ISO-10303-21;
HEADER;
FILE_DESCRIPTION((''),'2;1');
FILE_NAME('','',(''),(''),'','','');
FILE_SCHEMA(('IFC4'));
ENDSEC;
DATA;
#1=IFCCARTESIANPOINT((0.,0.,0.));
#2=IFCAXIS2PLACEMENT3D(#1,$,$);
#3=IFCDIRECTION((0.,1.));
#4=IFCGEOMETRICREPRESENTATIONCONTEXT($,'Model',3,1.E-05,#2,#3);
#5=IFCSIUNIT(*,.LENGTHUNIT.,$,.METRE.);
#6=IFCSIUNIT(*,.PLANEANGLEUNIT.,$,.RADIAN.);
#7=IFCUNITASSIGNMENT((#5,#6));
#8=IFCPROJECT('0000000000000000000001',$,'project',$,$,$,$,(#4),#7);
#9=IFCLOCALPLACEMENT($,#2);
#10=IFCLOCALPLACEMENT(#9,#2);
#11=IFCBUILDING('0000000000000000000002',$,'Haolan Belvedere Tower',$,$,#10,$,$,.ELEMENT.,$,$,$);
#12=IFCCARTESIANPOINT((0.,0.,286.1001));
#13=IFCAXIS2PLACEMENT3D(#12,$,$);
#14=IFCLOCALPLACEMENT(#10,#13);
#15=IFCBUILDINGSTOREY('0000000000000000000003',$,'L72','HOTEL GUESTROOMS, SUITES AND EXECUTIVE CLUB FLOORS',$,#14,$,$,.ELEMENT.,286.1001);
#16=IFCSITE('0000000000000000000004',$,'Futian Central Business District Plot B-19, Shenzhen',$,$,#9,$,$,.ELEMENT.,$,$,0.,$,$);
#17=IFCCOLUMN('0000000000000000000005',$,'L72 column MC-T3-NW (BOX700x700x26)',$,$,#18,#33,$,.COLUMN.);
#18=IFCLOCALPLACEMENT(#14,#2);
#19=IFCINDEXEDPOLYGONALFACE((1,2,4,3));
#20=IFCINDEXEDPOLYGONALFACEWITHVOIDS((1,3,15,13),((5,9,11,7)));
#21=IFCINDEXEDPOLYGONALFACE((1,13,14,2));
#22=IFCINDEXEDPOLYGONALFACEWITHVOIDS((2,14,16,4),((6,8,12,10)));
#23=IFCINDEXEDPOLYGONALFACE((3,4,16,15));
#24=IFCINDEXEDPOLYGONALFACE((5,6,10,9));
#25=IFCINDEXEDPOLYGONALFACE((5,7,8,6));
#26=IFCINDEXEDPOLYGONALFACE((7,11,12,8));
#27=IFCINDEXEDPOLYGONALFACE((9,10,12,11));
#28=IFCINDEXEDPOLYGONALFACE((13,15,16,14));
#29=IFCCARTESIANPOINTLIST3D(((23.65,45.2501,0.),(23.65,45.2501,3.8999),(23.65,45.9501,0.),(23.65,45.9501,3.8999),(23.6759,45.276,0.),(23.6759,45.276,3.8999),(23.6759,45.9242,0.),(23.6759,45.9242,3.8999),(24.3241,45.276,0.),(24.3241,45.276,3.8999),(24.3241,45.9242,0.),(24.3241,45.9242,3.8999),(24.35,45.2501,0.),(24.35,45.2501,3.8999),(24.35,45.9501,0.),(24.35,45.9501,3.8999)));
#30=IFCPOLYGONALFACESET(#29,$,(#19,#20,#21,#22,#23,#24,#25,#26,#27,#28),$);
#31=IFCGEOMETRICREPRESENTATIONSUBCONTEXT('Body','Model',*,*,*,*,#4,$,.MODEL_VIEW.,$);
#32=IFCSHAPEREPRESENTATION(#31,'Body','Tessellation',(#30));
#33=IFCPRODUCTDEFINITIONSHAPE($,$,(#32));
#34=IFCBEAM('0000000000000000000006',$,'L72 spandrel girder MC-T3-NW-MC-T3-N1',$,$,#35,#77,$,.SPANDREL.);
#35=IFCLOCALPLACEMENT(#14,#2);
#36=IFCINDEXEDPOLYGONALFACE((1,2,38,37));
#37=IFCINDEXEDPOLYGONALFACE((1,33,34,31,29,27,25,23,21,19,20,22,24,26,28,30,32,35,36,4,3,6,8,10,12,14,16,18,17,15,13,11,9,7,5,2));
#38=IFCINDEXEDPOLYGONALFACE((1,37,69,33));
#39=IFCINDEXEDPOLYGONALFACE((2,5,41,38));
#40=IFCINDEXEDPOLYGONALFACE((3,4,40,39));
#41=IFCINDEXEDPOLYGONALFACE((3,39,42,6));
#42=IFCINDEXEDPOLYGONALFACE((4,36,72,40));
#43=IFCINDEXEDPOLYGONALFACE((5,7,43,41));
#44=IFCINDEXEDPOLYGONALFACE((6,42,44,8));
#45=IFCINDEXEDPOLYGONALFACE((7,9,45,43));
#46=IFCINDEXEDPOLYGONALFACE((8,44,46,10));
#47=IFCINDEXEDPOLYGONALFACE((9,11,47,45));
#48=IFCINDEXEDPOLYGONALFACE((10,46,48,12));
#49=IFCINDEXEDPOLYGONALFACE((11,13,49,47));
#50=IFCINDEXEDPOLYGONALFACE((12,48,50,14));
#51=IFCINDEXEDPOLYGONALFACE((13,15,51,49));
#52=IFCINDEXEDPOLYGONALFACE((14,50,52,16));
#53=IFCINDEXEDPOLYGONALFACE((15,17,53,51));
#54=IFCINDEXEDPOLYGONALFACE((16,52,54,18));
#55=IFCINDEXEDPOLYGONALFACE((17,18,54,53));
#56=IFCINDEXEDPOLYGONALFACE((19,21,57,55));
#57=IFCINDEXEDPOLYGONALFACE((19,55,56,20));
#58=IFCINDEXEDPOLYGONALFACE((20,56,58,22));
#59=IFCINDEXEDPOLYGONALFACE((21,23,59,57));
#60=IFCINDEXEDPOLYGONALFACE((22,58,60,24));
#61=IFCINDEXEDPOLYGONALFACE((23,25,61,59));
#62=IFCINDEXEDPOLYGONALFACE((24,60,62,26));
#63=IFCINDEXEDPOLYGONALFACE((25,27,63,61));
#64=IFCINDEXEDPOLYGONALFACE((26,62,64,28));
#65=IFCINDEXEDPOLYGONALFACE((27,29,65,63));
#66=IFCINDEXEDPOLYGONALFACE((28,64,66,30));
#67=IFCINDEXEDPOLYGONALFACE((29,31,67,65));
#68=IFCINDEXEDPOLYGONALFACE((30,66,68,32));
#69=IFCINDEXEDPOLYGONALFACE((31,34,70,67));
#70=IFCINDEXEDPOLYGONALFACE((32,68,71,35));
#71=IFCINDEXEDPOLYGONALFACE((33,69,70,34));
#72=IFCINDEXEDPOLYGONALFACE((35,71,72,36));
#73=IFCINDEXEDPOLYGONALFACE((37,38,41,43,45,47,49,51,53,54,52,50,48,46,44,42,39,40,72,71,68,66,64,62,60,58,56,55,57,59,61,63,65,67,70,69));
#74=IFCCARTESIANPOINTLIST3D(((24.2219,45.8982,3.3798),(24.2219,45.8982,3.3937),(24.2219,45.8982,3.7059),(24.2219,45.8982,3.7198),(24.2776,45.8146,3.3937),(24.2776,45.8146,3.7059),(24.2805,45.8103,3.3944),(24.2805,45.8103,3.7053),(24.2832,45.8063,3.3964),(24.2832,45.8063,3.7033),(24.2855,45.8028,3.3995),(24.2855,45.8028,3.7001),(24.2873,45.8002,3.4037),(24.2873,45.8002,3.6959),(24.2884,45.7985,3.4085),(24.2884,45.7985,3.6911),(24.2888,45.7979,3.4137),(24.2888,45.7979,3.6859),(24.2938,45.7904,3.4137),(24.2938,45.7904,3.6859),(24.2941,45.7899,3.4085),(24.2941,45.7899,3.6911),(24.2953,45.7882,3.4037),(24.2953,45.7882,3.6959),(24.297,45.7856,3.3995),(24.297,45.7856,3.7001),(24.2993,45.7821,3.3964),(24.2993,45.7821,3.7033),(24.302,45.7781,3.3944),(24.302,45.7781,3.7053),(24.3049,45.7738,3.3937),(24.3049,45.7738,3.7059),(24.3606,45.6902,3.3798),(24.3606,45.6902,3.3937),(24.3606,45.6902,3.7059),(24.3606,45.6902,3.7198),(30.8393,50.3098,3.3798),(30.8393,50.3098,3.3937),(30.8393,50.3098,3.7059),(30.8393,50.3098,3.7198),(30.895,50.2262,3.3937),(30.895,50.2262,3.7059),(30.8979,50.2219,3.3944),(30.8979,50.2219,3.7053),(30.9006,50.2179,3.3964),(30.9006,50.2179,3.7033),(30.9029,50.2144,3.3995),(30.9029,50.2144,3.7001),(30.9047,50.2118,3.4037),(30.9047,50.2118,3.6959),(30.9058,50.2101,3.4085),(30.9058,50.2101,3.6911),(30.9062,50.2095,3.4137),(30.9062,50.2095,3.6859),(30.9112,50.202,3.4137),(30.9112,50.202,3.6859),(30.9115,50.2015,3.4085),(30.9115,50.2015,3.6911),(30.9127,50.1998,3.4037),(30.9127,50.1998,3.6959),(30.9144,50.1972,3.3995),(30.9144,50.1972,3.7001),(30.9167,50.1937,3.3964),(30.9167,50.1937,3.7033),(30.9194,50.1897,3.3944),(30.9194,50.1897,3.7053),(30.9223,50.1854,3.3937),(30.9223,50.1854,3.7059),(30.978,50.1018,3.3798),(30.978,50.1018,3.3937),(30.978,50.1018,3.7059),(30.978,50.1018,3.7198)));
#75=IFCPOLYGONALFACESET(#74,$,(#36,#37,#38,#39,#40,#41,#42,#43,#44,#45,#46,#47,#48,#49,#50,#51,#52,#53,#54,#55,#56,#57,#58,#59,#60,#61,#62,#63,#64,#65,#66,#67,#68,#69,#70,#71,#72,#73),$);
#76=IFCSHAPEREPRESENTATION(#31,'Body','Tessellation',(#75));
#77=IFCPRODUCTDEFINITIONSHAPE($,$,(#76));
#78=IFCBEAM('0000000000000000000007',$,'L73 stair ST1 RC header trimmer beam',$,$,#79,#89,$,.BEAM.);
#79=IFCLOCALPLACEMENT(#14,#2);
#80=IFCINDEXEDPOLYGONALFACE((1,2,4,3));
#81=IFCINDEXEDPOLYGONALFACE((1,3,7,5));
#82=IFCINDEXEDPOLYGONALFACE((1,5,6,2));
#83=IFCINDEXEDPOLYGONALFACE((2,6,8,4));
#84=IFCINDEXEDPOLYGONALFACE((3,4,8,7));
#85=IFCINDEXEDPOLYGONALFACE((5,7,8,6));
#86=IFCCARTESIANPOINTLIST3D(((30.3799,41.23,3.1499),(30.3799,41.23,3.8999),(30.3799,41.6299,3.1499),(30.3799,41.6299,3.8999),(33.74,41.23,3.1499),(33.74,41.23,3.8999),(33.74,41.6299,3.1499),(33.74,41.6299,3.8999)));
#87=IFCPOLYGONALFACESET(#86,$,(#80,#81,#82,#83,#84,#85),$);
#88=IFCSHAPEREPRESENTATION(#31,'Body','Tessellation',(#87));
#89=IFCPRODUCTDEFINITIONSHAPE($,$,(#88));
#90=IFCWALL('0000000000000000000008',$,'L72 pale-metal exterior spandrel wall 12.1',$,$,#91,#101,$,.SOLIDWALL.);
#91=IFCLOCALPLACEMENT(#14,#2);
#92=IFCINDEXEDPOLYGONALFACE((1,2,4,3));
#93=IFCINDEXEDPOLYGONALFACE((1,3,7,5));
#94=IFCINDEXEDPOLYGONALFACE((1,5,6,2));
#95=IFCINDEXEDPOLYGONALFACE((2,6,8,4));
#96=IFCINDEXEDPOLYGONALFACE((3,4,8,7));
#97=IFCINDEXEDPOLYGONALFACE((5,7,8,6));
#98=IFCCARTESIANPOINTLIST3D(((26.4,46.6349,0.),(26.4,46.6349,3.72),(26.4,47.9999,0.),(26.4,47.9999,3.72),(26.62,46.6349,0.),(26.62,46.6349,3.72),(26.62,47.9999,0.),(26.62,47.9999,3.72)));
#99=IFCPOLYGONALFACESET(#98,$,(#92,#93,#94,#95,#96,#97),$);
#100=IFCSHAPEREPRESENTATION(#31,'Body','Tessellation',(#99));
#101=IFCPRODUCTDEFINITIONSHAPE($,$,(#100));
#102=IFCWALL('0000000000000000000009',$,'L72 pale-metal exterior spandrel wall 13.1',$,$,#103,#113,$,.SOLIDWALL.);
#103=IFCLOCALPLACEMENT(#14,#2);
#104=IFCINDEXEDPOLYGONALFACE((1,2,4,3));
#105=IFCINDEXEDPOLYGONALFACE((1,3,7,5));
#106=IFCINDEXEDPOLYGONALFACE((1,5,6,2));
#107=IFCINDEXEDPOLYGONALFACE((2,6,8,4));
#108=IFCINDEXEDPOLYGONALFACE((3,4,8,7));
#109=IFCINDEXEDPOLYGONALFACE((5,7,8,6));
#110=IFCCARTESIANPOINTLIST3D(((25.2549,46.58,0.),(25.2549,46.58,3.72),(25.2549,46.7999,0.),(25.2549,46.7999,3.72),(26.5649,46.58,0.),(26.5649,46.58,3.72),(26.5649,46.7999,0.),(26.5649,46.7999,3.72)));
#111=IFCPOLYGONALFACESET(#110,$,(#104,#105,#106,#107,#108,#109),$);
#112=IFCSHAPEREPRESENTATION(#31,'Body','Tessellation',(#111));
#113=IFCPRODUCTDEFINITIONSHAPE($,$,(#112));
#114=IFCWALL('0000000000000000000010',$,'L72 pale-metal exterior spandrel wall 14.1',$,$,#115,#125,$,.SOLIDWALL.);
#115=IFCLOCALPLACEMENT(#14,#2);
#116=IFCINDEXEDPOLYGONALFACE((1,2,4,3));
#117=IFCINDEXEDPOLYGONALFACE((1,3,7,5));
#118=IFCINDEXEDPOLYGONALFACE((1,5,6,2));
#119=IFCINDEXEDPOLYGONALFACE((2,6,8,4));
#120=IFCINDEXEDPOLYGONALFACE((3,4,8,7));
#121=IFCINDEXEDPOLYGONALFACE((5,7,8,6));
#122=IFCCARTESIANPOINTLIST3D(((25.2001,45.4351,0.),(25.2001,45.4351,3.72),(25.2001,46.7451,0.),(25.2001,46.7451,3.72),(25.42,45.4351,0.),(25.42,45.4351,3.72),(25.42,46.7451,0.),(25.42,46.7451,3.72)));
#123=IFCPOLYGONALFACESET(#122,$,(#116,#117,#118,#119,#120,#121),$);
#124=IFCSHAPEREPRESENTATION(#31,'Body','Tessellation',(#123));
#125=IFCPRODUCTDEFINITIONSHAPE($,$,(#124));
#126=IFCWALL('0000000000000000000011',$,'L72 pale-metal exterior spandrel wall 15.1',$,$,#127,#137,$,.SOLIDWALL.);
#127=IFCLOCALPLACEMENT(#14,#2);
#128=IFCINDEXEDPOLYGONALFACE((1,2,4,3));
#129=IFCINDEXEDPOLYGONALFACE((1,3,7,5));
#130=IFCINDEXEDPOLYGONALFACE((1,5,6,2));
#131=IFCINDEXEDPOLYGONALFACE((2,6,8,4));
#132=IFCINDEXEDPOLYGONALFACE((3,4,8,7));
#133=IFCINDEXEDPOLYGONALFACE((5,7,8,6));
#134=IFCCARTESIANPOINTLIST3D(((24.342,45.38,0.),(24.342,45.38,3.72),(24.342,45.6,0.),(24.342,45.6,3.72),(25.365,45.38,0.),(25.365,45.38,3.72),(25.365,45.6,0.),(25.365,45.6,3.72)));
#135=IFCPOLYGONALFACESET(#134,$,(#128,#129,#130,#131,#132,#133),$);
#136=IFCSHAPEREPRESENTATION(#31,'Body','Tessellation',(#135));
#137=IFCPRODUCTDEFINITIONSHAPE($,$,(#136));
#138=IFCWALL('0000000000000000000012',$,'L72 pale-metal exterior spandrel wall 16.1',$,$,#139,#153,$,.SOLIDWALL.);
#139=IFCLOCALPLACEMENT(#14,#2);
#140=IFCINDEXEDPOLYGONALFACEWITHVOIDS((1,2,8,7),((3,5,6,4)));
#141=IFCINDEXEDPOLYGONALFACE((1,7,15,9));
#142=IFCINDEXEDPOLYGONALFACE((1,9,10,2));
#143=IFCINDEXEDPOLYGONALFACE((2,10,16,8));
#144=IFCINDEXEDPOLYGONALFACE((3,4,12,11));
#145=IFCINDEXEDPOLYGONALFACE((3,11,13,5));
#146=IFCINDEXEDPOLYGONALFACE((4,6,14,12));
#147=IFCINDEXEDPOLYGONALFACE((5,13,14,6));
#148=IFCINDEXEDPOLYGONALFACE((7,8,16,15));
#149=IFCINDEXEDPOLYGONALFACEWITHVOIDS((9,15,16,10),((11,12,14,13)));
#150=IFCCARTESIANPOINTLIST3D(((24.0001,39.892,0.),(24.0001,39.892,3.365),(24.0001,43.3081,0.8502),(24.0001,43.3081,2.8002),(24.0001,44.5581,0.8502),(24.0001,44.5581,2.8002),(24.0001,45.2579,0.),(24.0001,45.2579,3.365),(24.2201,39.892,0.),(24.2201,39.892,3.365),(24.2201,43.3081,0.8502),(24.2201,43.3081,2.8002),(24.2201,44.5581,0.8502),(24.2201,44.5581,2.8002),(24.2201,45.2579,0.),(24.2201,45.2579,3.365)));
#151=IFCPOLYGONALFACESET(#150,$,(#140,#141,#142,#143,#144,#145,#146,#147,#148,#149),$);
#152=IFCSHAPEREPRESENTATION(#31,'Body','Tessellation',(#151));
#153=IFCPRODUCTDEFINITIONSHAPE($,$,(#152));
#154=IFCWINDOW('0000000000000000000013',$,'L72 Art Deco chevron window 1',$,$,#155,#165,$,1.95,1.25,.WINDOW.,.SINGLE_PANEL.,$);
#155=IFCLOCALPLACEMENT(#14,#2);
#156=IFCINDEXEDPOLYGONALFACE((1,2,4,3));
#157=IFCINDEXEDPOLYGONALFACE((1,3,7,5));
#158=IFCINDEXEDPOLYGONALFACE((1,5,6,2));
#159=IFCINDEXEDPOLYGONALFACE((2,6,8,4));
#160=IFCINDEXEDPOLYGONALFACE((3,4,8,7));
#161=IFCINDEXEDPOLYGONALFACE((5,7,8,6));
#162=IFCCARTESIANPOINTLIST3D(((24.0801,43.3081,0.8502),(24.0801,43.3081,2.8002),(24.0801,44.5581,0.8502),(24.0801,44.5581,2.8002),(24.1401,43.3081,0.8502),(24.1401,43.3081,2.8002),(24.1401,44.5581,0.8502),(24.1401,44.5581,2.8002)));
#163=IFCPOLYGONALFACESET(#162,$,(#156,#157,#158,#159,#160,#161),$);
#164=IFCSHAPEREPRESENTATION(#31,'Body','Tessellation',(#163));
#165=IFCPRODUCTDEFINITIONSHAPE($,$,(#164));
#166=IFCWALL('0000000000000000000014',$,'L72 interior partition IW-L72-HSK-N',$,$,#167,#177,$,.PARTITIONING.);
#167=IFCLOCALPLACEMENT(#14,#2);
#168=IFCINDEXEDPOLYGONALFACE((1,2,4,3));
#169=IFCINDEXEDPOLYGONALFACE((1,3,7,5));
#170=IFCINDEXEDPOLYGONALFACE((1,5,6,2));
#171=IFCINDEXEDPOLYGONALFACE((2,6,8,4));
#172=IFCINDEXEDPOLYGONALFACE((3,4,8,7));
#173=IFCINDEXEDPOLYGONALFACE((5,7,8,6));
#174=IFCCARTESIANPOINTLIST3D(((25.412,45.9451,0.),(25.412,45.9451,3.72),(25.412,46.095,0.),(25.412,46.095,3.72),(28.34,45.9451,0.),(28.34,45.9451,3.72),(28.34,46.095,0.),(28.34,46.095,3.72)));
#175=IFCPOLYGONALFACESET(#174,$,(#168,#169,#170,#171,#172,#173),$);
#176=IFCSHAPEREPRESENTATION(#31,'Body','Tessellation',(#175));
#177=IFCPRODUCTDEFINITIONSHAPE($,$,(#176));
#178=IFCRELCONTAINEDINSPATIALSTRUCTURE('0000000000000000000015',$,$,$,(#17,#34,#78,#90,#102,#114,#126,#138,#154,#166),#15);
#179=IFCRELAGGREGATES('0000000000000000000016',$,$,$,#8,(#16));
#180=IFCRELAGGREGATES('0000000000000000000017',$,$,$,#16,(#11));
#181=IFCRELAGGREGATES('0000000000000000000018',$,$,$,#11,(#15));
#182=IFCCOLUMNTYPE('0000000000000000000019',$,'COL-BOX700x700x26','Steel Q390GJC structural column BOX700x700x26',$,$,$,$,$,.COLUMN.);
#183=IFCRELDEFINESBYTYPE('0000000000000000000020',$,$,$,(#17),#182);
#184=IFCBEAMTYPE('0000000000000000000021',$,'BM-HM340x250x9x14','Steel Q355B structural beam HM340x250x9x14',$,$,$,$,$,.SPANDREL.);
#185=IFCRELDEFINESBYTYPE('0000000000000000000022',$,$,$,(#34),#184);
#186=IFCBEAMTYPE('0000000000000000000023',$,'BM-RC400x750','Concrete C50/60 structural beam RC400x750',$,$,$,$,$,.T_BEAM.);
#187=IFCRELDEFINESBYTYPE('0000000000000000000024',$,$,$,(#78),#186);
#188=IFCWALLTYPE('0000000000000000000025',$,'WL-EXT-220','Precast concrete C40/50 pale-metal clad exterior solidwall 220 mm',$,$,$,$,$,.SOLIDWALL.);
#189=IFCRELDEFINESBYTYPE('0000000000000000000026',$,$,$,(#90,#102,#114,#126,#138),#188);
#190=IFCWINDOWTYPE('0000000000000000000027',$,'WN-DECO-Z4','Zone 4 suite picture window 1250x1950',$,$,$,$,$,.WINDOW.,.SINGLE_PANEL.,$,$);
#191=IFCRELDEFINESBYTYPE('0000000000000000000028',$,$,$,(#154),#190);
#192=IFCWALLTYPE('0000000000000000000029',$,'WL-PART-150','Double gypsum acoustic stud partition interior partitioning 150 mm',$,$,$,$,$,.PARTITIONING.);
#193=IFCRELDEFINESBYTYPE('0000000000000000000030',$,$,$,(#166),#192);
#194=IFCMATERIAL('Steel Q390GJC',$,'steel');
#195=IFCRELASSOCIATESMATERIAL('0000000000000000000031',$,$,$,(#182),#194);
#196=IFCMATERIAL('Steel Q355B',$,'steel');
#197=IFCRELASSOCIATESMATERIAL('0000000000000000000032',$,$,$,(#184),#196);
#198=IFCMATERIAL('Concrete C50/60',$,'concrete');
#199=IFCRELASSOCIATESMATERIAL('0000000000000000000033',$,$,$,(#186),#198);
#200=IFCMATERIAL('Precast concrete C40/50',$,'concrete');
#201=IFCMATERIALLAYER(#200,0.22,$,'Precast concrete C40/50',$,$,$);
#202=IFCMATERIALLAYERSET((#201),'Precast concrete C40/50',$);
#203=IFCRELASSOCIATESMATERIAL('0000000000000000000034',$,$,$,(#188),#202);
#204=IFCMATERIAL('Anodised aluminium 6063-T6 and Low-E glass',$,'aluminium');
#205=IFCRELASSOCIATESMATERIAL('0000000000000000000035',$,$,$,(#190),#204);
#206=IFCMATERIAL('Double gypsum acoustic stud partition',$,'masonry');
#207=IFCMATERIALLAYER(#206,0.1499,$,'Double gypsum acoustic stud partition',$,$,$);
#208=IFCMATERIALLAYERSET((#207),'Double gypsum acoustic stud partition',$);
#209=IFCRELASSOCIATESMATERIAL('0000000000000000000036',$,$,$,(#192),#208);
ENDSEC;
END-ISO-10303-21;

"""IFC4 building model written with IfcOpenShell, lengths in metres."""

from ifc_helpers import new_model, si_unit, direction, frame, frame_2d, origin, origin_2d, place, context, subcontext, project, spatial, rectangle, hollow_rectangle, i_section, extrude, material, layer, layer_set, material_profile, profile_set, type_object, element, fill, save


model = new_model("IFC4")

# Units and contexts
model_context = context("Model", 3, precision=1e-05, world=origin(), true_north=direction((0.0, 1.0)))
body_context = subcontext(model_context, "Body", "Model", "MODEL_VIEW")
ifc_project = project(units=[si_unit("LENGTHUNIT", "METRE"), si_unit("PLANEANGLEUNIT", "RADIAN")], contexts=[model_context])

# Site, building, storey
site_placement = place(None, origin())
site = spatial("IfcSite", under=ifc_project, at=site_placement, Name="Futian Central Business District Plot B-19, Shenzhen", CompositionType="ELEMENT", RefElevation=0.0)
building_placement = place(site_placement, origin())
building = spatial("IfcBuilding", under=site, at=building_placement, Name="Haolan Belvedere Tower", CompositionType="ELEMENT")
storey_placement = place(building_placement, frame((0.0, 0.0, 286.1001)))
storey = spatial("IfcBuildingStorey", under=building, at=storey_placement, Name="L72", Description="HOTEL GUESTROOMS, SUITES AND EXECUTIVE CLUB FLOORS", CompositionType="ELEMENT", Elevation=286.1001)

# Column
ifc_material_1 = material(Name="Steel Q390GJC", Category="steel")
ifc_material_profile_1 = material_profile(ifc_material_1, hollow_rectangle(XDim=0.7, YDim=0.7, WallThickness=0.0259, at=origin_2d()), Name="Steel Q390GJC")
ifc_profile_set_1 = profile_set([ifc_material_profile_1], Name="Steel Q390GJC")
column_type = type_object("IfcColumnType", Name="COL-BOX700x700x26", Description="Steel Q390GJC structural column BOX700x700x26", PredefinedType="COLUMN", material=ifc_profile_set_1)
column_placement = place(storey_placement, frame((24.0, 45.6001, 0.0), z_axis=(0.0, 0.0, 1.0), x_axis=(1.0, 0.0, 0.0)))
element("IfcColumn", 1, at=column_placement, inside=storey, type_object=column_type, Name="L72 column MC-T3-NW (BOX700x700x26)", PredefinedType="COLUMN", context=body_context, shape_type="SweptSolid", body=[
    extrude(hollow_rectangle(XDim=0.7, YDim=0.7, WallThickness=0.0259, at=origin_2d()), origin(), (0.0, 0.0, 1.0), 3.8999),
])

# Beams
ifc_material_2 = material(Name="Steel Q355B", Category="steel")
ifc_material_profile_2 = material_profile(ifc_material_2, i_section(OverallWidth=0.25, OverallDepth=0.3401, WebThickness=0.009, FlangeThickness=0.0139, FilletRadius=0.02, at=origin_2d()), Name="Steel Q355B")
ifc_profile_set_2 = profile_set([ifc_material_profile_2], Name="Steel Q355B")
beam_type_1 = type_object("IfcBeamType", Name="BM-HM340x250x9x14", Description="Steel Q355B structural beam HM340x250x9x14", PredefinedType="SPANDREL", material=ifc_profile_set_2)
beam_1_placement = place(storey_placement, frame((24.2913, 45.7942, 3.5498), z_axis=(0.83205, 0.5547, 0.0), x_axis=(-0.5547, 0.83205, 0.0)))
element("IfcBeam", 2, at=beam_1_placement, inside=storey, type_object=beam_type_1, Name="L72 spandrel girder MC-T3-NW-MC-T3-N1", PredefinedType="SPANDREL", context=body_context, shape_type="SweptSolid", body=[
    extrude(i_section(OverallWidth=0.25, OverallDepth=0.3401, WebThickness=0.009, FlangeThickness=0.0139, FilletRadius=0.02, at=origin_2d()), origin(), (0.0, 0.0, 1.0), 7.9531),
])
ifc_material_3 = material(Name="Concrete C50/60", Category="concrete")
ifc_material_profile_3 = material_profile(ifc_material_3, rectangle(XDim=0.3999, YDim=0.75, at=origin_2d()), Name="Concrete C50/60")
ifc_profile_set_3 = profile_set([ifc_material_profile_3], Name="Concrete C50/60")
beam_type_2 = type_object("IfcBeamType", Name="BM-RC400x750", Description="Concrete C50/60 structural beam RC400x750", PredefinedType="T_BEAM", material=ifc_profile_set_3)
beam_2_placement = place(storey_placement, frame((30.3799, 41.4299, 3.5249), z_axis=(1.0, 0.0, 0.0), x_axis=(0.0, 1.0, 0.0)))
element("IfcBeam", 3, at=beam_2_placement, inside=storey, type_object=beam_type_2, Name="L73 stair ST1 RC header trimmer beam", PredefinedType="BEAM", context=body_context, shape_type="SweptSolid", body=[
    extrude(rectangle(XDim=0.3999, YDim=0.75, at=origin_2d()), origin(), (0.0, 0.0, 1.0), 3.3601),
])

# Walls
ifc_material_4 = material(Name="Precast concrete C40/50", Category="concrete")
ifc_layer_1 = layer(ifc_material_4, 0.22, Name="Precast concrete C40/50")
ifc_layer_set_1 = layer_set([ifc_layer_1], Name="Precast concrete C40/50")
wall_type_1 = type_object("IfcWallType", Name="WL-EXT-220", Description="Precast concrete C40/50 pale-metal clad exterior solidwall 220 mm", PredefinedType="SOLIDWALL", material=ifc_layer_set_1)
wall_1_placement = place(storey_placement, frame((26.51, 48.0, 0.0), z_axis=(0.0, 0.0, 1.0), x_axis=(0.0, -1.0, 0.0)))
element("IfcWall", 4, at=wall_1_placement, inside=storey, type_object=wall_type_1, Name="L72 pale-metal exterior spandrel wall 12.1", PredefinedType="SOLIDWALL", context=body_context, shape_type="SweptSolid", body=[
    extrude(rectangle(XDim=1.365, YDim=0.22, at=frame_2d((0.6826, 0.0))), origin(), (0.0, 0.0, 1.0), 3.72),
])
for number, where, z_axis, x_axis, name in (
    (5, (26.5649, 46.6899, 0.0), (0.0, 0.0, 1.0), (-1.0, 0.0, 0.0), "L72 pale-metal exterior spandrel wall 13.1"),
    (6, (25.3101, 46.7451, 0.0), (0.0, 0.0, 1.0), (0.0, -1.0, 0.0), "L72 pale-metal exterior spandrel wall 14.1"),
):
    element("IfcWall", number, at=place(storey_placement, frame(where, z_axis=z_axis, x_axis=x_axis)), inside=storey, type_object=wall_type_1, Name=name, PredefinedType="SOLIDWALL", context=body_context, shape_type="SweptSolid", body=[
        extrude(rectangle(XDim=1.3101, YDim=0.22, at=frame_2d((0.655, 0.0))), origin(), (0.0, 0.0, 1.0), 3.72),
    ])
wall_2_placement = place(storey_placement, frame((25.365, 45.49, 0.0), z_axis=(0.0, 0.0, 1.0), x_axis=(-1.0, 0.0, 0.0)))
element("IfcWall", 7, at=wall_2_placement, inside=storey, type_object=wall_type_1, Name="L72 pale-metal exterior spandrel wall 15.1", PredefinedType="SOLIDWALL", context=body_context, shape_type="SweptSolid", body=[
    extrude(rectangle(XDim=1.0229, YDim=0.22, at=frame_2d((0.5115, 0.0))), origin(), (0.0, 0.0, 1.0), 3.72),
])

# Wall, opening, window
wall_3_placement = place(storey_placement, frame((24.1101, 45.2581, 0.0), z_axis=(0.0, 0.0, 1.0), x_axis=(0.0, -1.0, 0.0)))
wall_3 = element("IfcWall", 8, at=wall_3_placement, inside=storey, type_object=wall_type_1, Name="L72 pale-metal exterior spandrel wall 16.1", PredefinedType="SOLIDWALL", context=body_context, shape_type="SweptSolid", body=[
    extrude(rectangle(XDim=5.366, YDim=0.22, at=frame_2d((2.6831, 0.0))), origin(), (0.0, 0.0, 1.0), 3.365),
])
opening_1_placement = place(wall_3_placement, frame((0.7, 0.0, 0.8501)))
opening_1 = element("IfcOpeningElement", 9, at=opening_1_placement, cuts=wall_3, PredefinedType="OPENING", context=body_context, shape_type="SweptSolid", body=[
    extrude(rectangle(XDim=1.25, YDim=1.95, at=frame_2d((0.625, 0.9751))), frame((0.0, 0.1199, 0.0), z_axis=(0.0, -1.0, 0.0), x_axis=(1.0, 0.0, 0.0)), (0.0, 0.0, 1.0), 0.24),
])
ifc_material_5 = material(Name="Anodised aluminium 6063-T6 and Low-E glass", Category="aluminium")
window_type = type_object("IfcWindowType", Name="WN-DECO-Z4", Description="Zone 4 suite picture window 1250x1950", PartitioningType="SINGLE_PANEL", PredefinedType="WINDOW", material=ifc_material_5)
window_placement = place(opening_1_placement, origin())
window = element("IfcWindow", 10, at=window_placement, inside=storey, type_object=window_type, Name="L72 Art Deco chevron window 1", OverallHeight=1.95, OverallWidth=1.25, PartitioningType="SINGLE_PANEL", PredefinedType="WINDOW", context=body_context, shape_type="SweptSolid", body=[
    extrude(rectangle(XDim=1.25, YDim=1.95, at=frame_2d((0.625, 0.9751))), frame((0.0, 0.03, 0.0), z_axis=(0.0, -1.0, 0.0), x_axis=(1.0, 0.0, 0.0)), (0.0, 0.0, 1.0), 0.0601),
])
fill(opening_1, window)

# Wall
ifc_material_6 = material(Name="Double gypsum acoustic stud partition", Category="masonry")
ifc_layer_2 = layer(ifc_material_6, 0.1499, Name="Double gypsum acoustic stud partition")
ifc_layer_set_2 = layer_set([ifc_layer_2], Name="Double gypsum acoustic stud partition")
wall_type_2 = type_object("IfcWallType", Name="WL-PART-150", Description="Double gypsum acoustic stud partition interior partitioning 150 mm", PredefinedType="PARTITIONING", material=ifc_layer_set_2)
wall_4_placement = place(storey_placement, frame((25.4121, 46.02, 0.0), z_axis=(0.0, 0.0, 1.0), x_axis=(1.0, 0.0, 0.0)))
element("IfcWall", 11, at=wall_4_placement, inside=storey, type_object=wall_type_2, Name="L72 interior partition IW-L72-HSK-N", PredefinedType="PARTITIONING", context=body_context, shape_type="SweptSolid", body=[
    extrude(rectangle(XDim=2.928, YDim=0.1499, at=frame_2d((1.4639, 0.0))), origin(), (0.0, 0.0, 1.0), 3.72),
])

save(model, "model.ifc")
